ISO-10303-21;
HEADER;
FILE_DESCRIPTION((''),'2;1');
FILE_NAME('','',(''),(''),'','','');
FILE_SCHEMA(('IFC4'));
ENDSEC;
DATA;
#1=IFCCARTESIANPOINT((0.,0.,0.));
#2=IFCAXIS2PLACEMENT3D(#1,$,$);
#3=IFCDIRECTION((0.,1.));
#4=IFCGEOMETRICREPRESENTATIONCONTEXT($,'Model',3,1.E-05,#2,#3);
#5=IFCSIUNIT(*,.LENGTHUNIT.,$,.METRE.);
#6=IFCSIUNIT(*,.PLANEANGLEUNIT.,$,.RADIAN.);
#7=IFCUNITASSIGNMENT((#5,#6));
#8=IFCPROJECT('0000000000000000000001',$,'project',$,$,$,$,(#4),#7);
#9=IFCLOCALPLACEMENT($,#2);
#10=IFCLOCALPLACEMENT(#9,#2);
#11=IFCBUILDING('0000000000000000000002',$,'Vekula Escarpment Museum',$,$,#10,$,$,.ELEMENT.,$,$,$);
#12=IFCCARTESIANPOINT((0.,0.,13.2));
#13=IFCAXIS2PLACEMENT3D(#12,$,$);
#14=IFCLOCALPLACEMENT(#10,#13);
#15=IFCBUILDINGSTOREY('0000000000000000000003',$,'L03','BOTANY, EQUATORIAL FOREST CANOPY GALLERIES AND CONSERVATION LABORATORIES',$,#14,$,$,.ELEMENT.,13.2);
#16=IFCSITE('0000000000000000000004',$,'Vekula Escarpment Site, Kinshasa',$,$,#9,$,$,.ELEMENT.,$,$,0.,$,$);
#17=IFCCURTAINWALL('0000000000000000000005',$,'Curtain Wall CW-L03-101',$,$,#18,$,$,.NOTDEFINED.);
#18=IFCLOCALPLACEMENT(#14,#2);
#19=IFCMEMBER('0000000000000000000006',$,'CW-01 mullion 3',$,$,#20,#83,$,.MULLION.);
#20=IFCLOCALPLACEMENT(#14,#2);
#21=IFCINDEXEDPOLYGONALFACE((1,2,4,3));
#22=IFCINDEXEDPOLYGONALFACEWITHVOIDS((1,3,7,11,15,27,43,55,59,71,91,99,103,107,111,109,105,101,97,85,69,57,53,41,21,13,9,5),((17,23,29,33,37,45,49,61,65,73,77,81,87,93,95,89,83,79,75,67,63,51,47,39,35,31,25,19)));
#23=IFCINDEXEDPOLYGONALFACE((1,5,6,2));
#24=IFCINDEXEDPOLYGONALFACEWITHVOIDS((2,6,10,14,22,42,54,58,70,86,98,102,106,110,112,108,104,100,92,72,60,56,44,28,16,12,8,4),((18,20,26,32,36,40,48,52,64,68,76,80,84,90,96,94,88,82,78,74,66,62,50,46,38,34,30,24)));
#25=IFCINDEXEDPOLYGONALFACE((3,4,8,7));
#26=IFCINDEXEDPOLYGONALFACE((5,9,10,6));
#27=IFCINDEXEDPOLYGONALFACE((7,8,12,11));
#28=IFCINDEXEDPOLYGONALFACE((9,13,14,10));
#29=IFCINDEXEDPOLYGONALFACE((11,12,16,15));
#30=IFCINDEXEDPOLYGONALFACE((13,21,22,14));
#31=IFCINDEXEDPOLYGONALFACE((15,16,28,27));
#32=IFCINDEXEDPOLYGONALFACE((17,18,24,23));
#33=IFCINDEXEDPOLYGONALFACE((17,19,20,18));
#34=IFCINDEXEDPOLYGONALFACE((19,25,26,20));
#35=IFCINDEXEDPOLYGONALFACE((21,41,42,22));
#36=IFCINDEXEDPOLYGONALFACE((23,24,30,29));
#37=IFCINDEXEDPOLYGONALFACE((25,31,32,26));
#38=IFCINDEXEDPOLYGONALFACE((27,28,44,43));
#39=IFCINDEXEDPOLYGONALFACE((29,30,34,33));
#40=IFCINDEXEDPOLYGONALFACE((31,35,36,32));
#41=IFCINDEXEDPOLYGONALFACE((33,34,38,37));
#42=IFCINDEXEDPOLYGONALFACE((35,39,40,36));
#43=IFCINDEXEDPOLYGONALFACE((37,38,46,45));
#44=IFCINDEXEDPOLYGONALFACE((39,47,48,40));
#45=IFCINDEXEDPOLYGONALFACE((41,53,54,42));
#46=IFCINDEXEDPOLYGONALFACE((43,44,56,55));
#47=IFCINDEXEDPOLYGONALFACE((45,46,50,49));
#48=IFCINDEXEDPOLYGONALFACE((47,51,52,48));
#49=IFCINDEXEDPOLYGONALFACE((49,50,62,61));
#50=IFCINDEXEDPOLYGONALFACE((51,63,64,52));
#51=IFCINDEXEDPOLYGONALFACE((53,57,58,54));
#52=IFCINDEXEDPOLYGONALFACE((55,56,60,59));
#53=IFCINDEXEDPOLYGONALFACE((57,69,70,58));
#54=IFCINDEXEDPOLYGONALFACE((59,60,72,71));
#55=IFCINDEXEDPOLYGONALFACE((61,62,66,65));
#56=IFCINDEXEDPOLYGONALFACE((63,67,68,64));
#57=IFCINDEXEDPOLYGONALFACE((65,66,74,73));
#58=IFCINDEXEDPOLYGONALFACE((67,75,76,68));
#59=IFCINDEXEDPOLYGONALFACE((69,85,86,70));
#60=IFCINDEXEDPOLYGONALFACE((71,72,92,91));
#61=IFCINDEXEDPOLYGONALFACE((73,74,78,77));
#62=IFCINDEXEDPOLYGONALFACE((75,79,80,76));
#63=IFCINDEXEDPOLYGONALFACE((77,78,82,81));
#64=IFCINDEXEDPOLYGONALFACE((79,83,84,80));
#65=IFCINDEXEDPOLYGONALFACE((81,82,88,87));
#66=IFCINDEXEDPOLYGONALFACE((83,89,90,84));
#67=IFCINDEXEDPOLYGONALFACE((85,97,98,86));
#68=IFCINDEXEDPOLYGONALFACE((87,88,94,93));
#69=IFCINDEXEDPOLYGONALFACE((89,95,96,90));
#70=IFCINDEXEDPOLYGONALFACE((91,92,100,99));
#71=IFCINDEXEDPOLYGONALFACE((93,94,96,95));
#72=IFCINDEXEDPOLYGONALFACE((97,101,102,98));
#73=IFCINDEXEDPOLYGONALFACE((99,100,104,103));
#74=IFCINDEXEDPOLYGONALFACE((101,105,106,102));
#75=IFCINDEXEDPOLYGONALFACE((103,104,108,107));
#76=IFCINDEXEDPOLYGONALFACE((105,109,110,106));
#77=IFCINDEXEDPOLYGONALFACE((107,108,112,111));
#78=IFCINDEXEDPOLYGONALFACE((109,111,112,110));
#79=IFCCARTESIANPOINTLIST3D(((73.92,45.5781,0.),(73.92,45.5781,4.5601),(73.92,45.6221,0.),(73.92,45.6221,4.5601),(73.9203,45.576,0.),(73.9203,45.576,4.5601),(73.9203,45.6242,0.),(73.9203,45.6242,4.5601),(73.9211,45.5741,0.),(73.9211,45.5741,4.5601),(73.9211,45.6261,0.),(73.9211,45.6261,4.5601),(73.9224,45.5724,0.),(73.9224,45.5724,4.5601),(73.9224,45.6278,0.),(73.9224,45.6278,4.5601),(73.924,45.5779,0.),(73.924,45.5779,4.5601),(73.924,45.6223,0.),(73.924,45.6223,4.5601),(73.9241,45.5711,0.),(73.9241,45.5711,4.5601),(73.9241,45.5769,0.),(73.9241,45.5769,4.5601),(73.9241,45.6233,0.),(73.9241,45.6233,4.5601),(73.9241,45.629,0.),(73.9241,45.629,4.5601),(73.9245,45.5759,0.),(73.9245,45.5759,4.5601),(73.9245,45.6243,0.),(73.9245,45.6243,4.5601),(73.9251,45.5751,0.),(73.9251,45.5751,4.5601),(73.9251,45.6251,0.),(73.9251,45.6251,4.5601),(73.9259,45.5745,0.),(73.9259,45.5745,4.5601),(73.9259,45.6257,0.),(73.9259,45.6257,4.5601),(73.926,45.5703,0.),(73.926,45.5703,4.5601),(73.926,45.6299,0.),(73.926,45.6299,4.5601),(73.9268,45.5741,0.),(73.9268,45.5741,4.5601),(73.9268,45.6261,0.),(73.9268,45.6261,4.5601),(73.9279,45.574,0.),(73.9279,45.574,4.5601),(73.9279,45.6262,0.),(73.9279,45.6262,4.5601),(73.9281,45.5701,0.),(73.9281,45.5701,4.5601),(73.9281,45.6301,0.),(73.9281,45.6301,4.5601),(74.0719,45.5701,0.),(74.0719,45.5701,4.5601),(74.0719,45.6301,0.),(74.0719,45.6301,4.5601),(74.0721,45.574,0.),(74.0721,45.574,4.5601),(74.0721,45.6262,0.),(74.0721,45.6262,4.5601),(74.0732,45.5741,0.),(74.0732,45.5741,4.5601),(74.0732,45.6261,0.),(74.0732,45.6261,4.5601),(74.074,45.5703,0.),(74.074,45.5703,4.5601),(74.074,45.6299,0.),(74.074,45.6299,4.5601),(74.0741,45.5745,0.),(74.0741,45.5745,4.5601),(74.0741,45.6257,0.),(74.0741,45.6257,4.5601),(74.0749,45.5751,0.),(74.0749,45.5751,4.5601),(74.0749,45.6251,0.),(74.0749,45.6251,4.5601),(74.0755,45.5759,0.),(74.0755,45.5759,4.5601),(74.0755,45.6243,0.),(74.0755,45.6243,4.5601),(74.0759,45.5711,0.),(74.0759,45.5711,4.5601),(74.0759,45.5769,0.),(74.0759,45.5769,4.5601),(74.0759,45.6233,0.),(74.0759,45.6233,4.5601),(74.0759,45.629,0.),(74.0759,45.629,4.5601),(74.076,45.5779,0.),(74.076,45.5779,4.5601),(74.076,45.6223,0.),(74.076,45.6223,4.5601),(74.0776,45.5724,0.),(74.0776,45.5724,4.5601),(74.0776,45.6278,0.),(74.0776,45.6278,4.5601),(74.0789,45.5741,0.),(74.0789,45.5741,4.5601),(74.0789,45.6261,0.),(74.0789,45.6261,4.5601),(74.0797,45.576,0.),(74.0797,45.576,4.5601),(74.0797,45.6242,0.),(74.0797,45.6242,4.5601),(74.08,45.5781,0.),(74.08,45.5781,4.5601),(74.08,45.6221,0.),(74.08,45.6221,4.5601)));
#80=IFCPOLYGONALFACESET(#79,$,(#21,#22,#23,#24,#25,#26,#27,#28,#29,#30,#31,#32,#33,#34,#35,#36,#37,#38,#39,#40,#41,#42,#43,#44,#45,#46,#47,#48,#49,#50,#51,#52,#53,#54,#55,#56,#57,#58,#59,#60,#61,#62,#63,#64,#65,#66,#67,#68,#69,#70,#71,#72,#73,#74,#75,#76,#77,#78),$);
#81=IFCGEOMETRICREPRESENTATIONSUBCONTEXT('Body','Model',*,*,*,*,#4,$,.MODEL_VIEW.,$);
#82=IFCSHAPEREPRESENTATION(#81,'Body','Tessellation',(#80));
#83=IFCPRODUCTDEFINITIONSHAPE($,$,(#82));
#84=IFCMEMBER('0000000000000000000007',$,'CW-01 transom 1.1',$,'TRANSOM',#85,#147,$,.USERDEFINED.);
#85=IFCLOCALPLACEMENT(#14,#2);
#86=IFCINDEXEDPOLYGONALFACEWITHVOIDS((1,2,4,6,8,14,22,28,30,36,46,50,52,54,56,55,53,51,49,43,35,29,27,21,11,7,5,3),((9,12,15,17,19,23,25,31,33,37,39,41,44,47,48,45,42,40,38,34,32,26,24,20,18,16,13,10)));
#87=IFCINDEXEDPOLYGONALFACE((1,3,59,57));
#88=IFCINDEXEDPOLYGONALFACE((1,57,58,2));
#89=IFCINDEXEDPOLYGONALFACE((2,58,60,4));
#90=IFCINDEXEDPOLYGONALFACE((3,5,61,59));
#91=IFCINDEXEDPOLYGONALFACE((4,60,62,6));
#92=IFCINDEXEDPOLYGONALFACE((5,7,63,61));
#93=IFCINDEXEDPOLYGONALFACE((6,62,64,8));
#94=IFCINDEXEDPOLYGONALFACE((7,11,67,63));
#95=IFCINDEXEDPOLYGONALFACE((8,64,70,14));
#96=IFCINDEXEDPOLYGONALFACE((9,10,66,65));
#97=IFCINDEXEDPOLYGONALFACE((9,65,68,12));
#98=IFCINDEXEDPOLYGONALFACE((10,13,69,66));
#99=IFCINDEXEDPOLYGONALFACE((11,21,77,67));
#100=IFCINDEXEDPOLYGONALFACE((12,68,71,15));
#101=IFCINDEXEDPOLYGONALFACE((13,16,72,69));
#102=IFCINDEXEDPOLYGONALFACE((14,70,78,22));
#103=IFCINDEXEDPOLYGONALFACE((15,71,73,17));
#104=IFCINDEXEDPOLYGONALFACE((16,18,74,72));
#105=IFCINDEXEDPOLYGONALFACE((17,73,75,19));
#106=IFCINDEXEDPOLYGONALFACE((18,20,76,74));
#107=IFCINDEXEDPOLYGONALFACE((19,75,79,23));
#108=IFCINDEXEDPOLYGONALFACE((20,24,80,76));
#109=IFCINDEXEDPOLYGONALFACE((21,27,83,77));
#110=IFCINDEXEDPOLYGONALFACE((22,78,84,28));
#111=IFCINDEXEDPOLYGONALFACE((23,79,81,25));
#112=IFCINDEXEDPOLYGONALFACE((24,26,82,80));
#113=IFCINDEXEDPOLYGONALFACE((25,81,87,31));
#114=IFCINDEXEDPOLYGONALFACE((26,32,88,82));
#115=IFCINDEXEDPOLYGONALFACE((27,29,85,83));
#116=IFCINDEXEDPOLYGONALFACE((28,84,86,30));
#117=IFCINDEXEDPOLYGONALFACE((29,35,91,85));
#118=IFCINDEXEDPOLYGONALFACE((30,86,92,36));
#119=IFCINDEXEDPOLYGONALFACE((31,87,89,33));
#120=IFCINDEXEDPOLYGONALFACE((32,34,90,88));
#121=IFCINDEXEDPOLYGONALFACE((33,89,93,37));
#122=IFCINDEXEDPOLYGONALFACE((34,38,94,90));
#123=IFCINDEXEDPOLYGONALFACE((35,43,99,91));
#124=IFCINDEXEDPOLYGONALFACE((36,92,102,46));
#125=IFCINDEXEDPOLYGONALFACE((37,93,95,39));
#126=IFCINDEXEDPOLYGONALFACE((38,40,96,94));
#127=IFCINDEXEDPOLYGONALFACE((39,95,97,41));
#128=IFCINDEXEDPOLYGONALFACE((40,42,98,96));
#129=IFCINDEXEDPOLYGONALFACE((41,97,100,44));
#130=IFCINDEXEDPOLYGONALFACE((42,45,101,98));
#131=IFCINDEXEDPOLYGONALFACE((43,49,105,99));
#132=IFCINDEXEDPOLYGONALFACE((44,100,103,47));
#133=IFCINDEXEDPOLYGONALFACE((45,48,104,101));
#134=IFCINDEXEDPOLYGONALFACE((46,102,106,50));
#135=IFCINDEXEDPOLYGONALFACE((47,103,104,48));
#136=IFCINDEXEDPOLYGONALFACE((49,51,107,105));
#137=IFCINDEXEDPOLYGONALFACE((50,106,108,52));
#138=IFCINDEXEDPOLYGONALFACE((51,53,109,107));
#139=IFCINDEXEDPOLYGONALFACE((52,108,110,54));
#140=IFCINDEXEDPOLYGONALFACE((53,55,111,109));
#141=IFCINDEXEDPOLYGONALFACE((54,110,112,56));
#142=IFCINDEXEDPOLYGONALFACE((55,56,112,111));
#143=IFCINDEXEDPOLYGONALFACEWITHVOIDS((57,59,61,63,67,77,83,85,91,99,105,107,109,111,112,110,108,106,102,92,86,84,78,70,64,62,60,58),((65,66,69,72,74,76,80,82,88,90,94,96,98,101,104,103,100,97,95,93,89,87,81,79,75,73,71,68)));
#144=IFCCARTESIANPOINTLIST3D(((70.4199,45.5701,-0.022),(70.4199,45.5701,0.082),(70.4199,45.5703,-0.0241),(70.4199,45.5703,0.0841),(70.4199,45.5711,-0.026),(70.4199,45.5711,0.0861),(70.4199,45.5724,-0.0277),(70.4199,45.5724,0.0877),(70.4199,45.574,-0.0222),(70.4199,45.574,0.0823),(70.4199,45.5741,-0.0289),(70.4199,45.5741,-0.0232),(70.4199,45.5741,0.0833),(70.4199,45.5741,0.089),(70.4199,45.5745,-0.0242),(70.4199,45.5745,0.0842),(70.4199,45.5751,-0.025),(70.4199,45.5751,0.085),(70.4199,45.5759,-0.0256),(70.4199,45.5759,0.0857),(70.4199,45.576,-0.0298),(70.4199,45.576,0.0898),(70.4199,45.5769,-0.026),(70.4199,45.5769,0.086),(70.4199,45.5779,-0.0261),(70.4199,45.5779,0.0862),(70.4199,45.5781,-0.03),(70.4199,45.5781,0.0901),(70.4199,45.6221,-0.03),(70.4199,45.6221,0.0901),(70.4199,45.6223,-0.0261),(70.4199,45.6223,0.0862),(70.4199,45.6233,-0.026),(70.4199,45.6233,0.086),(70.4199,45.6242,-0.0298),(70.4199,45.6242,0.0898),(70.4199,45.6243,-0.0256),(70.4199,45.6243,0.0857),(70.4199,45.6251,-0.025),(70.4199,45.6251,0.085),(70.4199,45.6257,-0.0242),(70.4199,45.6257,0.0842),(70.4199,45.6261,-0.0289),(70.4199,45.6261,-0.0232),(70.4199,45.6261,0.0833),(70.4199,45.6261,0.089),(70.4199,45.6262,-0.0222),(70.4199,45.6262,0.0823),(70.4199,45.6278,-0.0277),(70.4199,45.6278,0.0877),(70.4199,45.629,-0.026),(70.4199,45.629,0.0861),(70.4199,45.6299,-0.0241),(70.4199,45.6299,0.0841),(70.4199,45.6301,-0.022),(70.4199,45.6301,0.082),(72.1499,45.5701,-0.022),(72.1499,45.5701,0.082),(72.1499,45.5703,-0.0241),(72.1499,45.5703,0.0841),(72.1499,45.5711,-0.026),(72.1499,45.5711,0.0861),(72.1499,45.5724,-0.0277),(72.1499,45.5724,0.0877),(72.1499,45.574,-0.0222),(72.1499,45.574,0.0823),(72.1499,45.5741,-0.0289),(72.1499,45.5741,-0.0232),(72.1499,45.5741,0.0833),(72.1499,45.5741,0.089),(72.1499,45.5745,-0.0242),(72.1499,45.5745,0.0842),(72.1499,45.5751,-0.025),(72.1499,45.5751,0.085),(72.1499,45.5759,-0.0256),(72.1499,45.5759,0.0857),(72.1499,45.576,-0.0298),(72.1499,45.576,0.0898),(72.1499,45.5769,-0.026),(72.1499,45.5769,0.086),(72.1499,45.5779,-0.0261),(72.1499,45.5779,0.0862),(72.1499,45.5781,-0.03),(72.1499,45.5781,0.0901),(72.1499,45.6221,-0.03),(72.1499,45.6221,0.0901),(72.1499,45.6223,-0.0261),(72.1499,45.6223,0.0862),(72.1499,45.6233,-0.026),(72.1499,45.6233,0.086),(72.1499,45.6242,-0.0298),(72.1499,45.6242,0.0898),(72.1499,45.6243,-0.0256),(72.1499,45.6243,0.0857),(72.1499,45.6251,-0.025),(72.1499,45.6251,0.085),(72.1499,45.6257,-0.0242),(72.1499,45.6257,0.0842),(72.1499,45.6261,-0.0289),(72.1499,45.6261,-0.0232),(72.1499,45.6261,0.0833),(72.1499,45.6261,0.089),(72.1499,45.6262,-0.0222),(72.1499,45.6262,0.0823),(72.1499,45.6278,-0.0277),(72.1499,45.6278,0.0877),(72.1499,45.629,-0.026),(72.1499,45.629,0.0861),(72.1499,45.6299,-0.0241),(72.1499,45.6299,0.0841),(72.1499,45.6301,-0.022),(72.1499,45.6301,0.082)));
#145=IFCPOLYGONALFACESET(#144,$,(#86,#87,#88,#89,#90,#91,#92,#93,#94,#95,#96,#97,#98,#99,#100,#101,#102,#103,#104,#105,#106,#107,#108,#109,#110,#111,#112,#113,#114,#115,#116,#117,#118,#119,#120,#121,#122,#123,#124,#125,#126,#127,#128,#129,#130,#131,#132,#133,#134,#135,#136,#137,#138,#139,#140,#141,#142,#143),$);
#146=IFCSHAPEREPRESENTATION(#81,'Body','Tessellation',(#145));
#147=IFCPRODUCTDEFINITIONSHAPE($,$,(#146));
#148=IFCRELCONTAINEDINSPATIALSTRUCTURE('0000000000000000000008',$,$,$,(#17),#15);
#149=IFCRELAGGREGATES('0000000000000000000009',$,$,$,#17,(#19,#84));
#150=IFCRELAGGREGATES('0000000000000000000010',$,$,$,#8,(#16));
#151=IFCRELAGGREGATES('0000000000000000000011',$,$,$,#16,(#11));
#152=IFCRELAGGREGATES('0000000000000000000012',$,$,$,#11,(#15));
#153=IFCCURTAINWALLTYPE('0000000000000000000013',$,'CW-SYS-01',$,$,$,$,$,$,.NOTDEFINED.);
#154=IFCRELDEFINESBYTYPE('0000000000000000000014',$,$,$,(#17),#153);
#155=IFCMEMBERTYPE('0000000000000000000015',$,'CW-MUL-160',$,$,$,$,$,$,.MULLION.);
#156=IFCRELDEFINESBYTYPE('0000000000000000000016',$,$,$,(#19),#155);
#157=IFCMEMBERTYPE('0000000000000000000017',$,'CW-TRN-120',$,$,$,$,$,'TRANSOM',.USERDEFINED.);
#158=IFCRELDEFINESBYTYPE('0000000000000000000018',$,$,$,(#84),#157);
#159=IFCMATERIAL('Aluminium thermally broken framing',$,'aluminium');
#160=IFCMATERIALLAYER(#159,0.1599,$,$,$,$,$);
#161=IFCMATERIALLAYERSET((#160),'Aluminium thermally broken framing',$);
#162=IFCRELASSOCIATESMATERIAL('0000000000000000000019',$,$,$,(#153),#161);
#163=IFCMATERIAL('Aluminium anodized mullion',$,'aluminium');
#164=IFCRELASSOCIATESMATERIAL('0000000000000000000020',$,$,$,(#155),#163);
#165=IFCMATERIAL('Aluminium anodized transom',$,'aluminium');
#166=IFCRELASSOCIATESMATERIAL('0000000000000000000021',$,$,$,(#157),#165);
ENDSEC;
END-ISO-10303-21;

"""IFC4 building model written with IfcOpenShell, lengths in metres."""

from ifc_helpers import new_model, si_unit, direction, frame, origin, origin_2d, place, context, subcontext, project, spatial, hollow_rectangle, extrude, material, layer, layer_set, material_profile, profile_set, type_object, element, aggregate, save


model = new_model("IFC4")

# Units and contexts
model_context = context("Model", 3, precision=1e-05, world=origin(), true_north=direction((0.0, 1.0)))
body_context = subcontext(model_context, "Body", "Model", "MODEL_VIEW")
ifc_project = project(units=[si_unit("LENGTHUNIT", "METRE"), si_unit("PLANEANGLEUNIT", "RADIAN")], contexts=[model_context])

# Site, building, storey
site_placement = place(None, origin())
site = spatial("IfcSite", under=ifc_project, at=site_placement, Name="Vekula Escarpment Site, Kinshasa", CompositionType="ELEMENT", RefElevation=0.0)
building_placement = place(site_placement, origin())
building = spatial("IfcBuilding", under=site, at=building_placement, Name="Vekula Escarpment Museum", CompositionType="ELEMENT")
storey_placement = place(building_placement, frame((0.0, 0.0, 13.2)))
storey = spatial("IfcBuildingStorey", under=building, at=storey_placement, Name="L03", Description="BOTANY, EQUATORIAL FOREST CANOPY GALLERIES AND CONSERVATION LABORATORIES", CompositionType="ELEMENT", Elevation=13.2)

# Curtain wall, members
ifc_material_1 = material(Name="Aluminium thermally broken framing", Category="aluminium")
ifc_layer_1 = layer(ifc_material_1, 0.1599)
ifc_layer_set_1 = layer_set([ifc_layer_1], Name="Aluminium thermally broken framing")
curtain_wall_type = type_object("IfcCurtainWallType", Name="CW-SYS-01", PredefinedType="NOTDEFINED", material=ifc_layer_set_1)
curtain_wall_placement = place(storey_placement, origin())
curtain_wall = element("IfcCurtainWall", 1, at=curtain_wall_placement, inside=storey, type_object=curtain_wall_type, Name="Curtain Wall CW-L03-101", PredefinedType="NOTDEFINED")
ifc_material_2 = material(Name="Aluminium anodized mullion", Category="aluminium")
ifc_material_profile_1 = material_profile(ifc_material_2, hollow_rectangle(XDim=0.0601, YDim=0.1599, WallThickness=0.0039, InnerFilletRadius=0.0039, OuterFilletRadius=0.0081, at=origin_2d()), Name="ALU 160x60x4")
ifc_profile_set_1 = profile_set([ifc_material_profile_1], Name="Aluminium anodized mullion")
member_type_1 = type_object("IfcMemberType", Name="CW-MUL-160", PredefinedType="MULLION", material=ifc_profile_set_1)
member_1_placement = place(storey_placement, frame((74.0, 45.6001, 0.0), z_axis=(0.0, 0.0, 1.0), x_axis=(0.0, 1.0, 0.0)))
member_1 = element("IfcMember", 2, at=member_1_placement, type_object=member_type_1, Name="CW-01 mullion 3", PredefinedType="MULLION", context=body_context, shape_type="SweptSolid", body=[
    extrude(hollow_rectangle(XDim=0.0601, YDim=0.1599, WallThickness=0.0039, InnerFilletRadius=0.0039, OuterFilletRadius=0.0081, at=origin_2d()), origin(), (0.0, 0.0, 1.0), 4.5601),
])
ifc_material_3 = material(Name="Aluminium anodized transom", Category="aluminium")
ifc_material_profile_2 = material_profile(ifc_material_3, hollow_rectangle(XDim=0.0601, YDim=0.1201, WallThickness=0.0039, InnerFilletRadius=0.0039, OuterFilletRadius=0.0081, at=origin_2d()), Name="ALU 120x60x4")
ifc_profile_set_2 = profile_set([ifc_material_profile_2], Name="Aluminium anodized transom")
member_type_2 = type_object("IfcMemberType", Name="CW-TRN-120", ElementType="TRANSOM", PredefinedType="USERDEFINED", material=ifc_profile_set_2)
member_2_placement = place(storey_placement, frame((70.4199, 45.6001, 0.03), z_axis=(1.0, 0.0, 0.0), x_axis=(0.0, 1.0, 0.0)))
member_2 = element("IfcMember", 3, at=member_2_placement, type_object=member_type_2, Name="CW-01 transom 1.1", ObjectType="TRANSOM", PredefinedType="USERDEFINED", context=body_context, shape_type="SweptSolid", body=[
    extrude(hollow_rectangle(XDim=0.0601, YDim=0.1201, WallThickness=0.0039, InnerFilletRadius=0.0039, OuterFilletRadius=0.0081, at=origin_2d()), origin(), (0.0, 0.0, 1.0), 1.73),
])

aggregate(curtain_wall, [member_1, member_2])

save(model, "model.ifc")
